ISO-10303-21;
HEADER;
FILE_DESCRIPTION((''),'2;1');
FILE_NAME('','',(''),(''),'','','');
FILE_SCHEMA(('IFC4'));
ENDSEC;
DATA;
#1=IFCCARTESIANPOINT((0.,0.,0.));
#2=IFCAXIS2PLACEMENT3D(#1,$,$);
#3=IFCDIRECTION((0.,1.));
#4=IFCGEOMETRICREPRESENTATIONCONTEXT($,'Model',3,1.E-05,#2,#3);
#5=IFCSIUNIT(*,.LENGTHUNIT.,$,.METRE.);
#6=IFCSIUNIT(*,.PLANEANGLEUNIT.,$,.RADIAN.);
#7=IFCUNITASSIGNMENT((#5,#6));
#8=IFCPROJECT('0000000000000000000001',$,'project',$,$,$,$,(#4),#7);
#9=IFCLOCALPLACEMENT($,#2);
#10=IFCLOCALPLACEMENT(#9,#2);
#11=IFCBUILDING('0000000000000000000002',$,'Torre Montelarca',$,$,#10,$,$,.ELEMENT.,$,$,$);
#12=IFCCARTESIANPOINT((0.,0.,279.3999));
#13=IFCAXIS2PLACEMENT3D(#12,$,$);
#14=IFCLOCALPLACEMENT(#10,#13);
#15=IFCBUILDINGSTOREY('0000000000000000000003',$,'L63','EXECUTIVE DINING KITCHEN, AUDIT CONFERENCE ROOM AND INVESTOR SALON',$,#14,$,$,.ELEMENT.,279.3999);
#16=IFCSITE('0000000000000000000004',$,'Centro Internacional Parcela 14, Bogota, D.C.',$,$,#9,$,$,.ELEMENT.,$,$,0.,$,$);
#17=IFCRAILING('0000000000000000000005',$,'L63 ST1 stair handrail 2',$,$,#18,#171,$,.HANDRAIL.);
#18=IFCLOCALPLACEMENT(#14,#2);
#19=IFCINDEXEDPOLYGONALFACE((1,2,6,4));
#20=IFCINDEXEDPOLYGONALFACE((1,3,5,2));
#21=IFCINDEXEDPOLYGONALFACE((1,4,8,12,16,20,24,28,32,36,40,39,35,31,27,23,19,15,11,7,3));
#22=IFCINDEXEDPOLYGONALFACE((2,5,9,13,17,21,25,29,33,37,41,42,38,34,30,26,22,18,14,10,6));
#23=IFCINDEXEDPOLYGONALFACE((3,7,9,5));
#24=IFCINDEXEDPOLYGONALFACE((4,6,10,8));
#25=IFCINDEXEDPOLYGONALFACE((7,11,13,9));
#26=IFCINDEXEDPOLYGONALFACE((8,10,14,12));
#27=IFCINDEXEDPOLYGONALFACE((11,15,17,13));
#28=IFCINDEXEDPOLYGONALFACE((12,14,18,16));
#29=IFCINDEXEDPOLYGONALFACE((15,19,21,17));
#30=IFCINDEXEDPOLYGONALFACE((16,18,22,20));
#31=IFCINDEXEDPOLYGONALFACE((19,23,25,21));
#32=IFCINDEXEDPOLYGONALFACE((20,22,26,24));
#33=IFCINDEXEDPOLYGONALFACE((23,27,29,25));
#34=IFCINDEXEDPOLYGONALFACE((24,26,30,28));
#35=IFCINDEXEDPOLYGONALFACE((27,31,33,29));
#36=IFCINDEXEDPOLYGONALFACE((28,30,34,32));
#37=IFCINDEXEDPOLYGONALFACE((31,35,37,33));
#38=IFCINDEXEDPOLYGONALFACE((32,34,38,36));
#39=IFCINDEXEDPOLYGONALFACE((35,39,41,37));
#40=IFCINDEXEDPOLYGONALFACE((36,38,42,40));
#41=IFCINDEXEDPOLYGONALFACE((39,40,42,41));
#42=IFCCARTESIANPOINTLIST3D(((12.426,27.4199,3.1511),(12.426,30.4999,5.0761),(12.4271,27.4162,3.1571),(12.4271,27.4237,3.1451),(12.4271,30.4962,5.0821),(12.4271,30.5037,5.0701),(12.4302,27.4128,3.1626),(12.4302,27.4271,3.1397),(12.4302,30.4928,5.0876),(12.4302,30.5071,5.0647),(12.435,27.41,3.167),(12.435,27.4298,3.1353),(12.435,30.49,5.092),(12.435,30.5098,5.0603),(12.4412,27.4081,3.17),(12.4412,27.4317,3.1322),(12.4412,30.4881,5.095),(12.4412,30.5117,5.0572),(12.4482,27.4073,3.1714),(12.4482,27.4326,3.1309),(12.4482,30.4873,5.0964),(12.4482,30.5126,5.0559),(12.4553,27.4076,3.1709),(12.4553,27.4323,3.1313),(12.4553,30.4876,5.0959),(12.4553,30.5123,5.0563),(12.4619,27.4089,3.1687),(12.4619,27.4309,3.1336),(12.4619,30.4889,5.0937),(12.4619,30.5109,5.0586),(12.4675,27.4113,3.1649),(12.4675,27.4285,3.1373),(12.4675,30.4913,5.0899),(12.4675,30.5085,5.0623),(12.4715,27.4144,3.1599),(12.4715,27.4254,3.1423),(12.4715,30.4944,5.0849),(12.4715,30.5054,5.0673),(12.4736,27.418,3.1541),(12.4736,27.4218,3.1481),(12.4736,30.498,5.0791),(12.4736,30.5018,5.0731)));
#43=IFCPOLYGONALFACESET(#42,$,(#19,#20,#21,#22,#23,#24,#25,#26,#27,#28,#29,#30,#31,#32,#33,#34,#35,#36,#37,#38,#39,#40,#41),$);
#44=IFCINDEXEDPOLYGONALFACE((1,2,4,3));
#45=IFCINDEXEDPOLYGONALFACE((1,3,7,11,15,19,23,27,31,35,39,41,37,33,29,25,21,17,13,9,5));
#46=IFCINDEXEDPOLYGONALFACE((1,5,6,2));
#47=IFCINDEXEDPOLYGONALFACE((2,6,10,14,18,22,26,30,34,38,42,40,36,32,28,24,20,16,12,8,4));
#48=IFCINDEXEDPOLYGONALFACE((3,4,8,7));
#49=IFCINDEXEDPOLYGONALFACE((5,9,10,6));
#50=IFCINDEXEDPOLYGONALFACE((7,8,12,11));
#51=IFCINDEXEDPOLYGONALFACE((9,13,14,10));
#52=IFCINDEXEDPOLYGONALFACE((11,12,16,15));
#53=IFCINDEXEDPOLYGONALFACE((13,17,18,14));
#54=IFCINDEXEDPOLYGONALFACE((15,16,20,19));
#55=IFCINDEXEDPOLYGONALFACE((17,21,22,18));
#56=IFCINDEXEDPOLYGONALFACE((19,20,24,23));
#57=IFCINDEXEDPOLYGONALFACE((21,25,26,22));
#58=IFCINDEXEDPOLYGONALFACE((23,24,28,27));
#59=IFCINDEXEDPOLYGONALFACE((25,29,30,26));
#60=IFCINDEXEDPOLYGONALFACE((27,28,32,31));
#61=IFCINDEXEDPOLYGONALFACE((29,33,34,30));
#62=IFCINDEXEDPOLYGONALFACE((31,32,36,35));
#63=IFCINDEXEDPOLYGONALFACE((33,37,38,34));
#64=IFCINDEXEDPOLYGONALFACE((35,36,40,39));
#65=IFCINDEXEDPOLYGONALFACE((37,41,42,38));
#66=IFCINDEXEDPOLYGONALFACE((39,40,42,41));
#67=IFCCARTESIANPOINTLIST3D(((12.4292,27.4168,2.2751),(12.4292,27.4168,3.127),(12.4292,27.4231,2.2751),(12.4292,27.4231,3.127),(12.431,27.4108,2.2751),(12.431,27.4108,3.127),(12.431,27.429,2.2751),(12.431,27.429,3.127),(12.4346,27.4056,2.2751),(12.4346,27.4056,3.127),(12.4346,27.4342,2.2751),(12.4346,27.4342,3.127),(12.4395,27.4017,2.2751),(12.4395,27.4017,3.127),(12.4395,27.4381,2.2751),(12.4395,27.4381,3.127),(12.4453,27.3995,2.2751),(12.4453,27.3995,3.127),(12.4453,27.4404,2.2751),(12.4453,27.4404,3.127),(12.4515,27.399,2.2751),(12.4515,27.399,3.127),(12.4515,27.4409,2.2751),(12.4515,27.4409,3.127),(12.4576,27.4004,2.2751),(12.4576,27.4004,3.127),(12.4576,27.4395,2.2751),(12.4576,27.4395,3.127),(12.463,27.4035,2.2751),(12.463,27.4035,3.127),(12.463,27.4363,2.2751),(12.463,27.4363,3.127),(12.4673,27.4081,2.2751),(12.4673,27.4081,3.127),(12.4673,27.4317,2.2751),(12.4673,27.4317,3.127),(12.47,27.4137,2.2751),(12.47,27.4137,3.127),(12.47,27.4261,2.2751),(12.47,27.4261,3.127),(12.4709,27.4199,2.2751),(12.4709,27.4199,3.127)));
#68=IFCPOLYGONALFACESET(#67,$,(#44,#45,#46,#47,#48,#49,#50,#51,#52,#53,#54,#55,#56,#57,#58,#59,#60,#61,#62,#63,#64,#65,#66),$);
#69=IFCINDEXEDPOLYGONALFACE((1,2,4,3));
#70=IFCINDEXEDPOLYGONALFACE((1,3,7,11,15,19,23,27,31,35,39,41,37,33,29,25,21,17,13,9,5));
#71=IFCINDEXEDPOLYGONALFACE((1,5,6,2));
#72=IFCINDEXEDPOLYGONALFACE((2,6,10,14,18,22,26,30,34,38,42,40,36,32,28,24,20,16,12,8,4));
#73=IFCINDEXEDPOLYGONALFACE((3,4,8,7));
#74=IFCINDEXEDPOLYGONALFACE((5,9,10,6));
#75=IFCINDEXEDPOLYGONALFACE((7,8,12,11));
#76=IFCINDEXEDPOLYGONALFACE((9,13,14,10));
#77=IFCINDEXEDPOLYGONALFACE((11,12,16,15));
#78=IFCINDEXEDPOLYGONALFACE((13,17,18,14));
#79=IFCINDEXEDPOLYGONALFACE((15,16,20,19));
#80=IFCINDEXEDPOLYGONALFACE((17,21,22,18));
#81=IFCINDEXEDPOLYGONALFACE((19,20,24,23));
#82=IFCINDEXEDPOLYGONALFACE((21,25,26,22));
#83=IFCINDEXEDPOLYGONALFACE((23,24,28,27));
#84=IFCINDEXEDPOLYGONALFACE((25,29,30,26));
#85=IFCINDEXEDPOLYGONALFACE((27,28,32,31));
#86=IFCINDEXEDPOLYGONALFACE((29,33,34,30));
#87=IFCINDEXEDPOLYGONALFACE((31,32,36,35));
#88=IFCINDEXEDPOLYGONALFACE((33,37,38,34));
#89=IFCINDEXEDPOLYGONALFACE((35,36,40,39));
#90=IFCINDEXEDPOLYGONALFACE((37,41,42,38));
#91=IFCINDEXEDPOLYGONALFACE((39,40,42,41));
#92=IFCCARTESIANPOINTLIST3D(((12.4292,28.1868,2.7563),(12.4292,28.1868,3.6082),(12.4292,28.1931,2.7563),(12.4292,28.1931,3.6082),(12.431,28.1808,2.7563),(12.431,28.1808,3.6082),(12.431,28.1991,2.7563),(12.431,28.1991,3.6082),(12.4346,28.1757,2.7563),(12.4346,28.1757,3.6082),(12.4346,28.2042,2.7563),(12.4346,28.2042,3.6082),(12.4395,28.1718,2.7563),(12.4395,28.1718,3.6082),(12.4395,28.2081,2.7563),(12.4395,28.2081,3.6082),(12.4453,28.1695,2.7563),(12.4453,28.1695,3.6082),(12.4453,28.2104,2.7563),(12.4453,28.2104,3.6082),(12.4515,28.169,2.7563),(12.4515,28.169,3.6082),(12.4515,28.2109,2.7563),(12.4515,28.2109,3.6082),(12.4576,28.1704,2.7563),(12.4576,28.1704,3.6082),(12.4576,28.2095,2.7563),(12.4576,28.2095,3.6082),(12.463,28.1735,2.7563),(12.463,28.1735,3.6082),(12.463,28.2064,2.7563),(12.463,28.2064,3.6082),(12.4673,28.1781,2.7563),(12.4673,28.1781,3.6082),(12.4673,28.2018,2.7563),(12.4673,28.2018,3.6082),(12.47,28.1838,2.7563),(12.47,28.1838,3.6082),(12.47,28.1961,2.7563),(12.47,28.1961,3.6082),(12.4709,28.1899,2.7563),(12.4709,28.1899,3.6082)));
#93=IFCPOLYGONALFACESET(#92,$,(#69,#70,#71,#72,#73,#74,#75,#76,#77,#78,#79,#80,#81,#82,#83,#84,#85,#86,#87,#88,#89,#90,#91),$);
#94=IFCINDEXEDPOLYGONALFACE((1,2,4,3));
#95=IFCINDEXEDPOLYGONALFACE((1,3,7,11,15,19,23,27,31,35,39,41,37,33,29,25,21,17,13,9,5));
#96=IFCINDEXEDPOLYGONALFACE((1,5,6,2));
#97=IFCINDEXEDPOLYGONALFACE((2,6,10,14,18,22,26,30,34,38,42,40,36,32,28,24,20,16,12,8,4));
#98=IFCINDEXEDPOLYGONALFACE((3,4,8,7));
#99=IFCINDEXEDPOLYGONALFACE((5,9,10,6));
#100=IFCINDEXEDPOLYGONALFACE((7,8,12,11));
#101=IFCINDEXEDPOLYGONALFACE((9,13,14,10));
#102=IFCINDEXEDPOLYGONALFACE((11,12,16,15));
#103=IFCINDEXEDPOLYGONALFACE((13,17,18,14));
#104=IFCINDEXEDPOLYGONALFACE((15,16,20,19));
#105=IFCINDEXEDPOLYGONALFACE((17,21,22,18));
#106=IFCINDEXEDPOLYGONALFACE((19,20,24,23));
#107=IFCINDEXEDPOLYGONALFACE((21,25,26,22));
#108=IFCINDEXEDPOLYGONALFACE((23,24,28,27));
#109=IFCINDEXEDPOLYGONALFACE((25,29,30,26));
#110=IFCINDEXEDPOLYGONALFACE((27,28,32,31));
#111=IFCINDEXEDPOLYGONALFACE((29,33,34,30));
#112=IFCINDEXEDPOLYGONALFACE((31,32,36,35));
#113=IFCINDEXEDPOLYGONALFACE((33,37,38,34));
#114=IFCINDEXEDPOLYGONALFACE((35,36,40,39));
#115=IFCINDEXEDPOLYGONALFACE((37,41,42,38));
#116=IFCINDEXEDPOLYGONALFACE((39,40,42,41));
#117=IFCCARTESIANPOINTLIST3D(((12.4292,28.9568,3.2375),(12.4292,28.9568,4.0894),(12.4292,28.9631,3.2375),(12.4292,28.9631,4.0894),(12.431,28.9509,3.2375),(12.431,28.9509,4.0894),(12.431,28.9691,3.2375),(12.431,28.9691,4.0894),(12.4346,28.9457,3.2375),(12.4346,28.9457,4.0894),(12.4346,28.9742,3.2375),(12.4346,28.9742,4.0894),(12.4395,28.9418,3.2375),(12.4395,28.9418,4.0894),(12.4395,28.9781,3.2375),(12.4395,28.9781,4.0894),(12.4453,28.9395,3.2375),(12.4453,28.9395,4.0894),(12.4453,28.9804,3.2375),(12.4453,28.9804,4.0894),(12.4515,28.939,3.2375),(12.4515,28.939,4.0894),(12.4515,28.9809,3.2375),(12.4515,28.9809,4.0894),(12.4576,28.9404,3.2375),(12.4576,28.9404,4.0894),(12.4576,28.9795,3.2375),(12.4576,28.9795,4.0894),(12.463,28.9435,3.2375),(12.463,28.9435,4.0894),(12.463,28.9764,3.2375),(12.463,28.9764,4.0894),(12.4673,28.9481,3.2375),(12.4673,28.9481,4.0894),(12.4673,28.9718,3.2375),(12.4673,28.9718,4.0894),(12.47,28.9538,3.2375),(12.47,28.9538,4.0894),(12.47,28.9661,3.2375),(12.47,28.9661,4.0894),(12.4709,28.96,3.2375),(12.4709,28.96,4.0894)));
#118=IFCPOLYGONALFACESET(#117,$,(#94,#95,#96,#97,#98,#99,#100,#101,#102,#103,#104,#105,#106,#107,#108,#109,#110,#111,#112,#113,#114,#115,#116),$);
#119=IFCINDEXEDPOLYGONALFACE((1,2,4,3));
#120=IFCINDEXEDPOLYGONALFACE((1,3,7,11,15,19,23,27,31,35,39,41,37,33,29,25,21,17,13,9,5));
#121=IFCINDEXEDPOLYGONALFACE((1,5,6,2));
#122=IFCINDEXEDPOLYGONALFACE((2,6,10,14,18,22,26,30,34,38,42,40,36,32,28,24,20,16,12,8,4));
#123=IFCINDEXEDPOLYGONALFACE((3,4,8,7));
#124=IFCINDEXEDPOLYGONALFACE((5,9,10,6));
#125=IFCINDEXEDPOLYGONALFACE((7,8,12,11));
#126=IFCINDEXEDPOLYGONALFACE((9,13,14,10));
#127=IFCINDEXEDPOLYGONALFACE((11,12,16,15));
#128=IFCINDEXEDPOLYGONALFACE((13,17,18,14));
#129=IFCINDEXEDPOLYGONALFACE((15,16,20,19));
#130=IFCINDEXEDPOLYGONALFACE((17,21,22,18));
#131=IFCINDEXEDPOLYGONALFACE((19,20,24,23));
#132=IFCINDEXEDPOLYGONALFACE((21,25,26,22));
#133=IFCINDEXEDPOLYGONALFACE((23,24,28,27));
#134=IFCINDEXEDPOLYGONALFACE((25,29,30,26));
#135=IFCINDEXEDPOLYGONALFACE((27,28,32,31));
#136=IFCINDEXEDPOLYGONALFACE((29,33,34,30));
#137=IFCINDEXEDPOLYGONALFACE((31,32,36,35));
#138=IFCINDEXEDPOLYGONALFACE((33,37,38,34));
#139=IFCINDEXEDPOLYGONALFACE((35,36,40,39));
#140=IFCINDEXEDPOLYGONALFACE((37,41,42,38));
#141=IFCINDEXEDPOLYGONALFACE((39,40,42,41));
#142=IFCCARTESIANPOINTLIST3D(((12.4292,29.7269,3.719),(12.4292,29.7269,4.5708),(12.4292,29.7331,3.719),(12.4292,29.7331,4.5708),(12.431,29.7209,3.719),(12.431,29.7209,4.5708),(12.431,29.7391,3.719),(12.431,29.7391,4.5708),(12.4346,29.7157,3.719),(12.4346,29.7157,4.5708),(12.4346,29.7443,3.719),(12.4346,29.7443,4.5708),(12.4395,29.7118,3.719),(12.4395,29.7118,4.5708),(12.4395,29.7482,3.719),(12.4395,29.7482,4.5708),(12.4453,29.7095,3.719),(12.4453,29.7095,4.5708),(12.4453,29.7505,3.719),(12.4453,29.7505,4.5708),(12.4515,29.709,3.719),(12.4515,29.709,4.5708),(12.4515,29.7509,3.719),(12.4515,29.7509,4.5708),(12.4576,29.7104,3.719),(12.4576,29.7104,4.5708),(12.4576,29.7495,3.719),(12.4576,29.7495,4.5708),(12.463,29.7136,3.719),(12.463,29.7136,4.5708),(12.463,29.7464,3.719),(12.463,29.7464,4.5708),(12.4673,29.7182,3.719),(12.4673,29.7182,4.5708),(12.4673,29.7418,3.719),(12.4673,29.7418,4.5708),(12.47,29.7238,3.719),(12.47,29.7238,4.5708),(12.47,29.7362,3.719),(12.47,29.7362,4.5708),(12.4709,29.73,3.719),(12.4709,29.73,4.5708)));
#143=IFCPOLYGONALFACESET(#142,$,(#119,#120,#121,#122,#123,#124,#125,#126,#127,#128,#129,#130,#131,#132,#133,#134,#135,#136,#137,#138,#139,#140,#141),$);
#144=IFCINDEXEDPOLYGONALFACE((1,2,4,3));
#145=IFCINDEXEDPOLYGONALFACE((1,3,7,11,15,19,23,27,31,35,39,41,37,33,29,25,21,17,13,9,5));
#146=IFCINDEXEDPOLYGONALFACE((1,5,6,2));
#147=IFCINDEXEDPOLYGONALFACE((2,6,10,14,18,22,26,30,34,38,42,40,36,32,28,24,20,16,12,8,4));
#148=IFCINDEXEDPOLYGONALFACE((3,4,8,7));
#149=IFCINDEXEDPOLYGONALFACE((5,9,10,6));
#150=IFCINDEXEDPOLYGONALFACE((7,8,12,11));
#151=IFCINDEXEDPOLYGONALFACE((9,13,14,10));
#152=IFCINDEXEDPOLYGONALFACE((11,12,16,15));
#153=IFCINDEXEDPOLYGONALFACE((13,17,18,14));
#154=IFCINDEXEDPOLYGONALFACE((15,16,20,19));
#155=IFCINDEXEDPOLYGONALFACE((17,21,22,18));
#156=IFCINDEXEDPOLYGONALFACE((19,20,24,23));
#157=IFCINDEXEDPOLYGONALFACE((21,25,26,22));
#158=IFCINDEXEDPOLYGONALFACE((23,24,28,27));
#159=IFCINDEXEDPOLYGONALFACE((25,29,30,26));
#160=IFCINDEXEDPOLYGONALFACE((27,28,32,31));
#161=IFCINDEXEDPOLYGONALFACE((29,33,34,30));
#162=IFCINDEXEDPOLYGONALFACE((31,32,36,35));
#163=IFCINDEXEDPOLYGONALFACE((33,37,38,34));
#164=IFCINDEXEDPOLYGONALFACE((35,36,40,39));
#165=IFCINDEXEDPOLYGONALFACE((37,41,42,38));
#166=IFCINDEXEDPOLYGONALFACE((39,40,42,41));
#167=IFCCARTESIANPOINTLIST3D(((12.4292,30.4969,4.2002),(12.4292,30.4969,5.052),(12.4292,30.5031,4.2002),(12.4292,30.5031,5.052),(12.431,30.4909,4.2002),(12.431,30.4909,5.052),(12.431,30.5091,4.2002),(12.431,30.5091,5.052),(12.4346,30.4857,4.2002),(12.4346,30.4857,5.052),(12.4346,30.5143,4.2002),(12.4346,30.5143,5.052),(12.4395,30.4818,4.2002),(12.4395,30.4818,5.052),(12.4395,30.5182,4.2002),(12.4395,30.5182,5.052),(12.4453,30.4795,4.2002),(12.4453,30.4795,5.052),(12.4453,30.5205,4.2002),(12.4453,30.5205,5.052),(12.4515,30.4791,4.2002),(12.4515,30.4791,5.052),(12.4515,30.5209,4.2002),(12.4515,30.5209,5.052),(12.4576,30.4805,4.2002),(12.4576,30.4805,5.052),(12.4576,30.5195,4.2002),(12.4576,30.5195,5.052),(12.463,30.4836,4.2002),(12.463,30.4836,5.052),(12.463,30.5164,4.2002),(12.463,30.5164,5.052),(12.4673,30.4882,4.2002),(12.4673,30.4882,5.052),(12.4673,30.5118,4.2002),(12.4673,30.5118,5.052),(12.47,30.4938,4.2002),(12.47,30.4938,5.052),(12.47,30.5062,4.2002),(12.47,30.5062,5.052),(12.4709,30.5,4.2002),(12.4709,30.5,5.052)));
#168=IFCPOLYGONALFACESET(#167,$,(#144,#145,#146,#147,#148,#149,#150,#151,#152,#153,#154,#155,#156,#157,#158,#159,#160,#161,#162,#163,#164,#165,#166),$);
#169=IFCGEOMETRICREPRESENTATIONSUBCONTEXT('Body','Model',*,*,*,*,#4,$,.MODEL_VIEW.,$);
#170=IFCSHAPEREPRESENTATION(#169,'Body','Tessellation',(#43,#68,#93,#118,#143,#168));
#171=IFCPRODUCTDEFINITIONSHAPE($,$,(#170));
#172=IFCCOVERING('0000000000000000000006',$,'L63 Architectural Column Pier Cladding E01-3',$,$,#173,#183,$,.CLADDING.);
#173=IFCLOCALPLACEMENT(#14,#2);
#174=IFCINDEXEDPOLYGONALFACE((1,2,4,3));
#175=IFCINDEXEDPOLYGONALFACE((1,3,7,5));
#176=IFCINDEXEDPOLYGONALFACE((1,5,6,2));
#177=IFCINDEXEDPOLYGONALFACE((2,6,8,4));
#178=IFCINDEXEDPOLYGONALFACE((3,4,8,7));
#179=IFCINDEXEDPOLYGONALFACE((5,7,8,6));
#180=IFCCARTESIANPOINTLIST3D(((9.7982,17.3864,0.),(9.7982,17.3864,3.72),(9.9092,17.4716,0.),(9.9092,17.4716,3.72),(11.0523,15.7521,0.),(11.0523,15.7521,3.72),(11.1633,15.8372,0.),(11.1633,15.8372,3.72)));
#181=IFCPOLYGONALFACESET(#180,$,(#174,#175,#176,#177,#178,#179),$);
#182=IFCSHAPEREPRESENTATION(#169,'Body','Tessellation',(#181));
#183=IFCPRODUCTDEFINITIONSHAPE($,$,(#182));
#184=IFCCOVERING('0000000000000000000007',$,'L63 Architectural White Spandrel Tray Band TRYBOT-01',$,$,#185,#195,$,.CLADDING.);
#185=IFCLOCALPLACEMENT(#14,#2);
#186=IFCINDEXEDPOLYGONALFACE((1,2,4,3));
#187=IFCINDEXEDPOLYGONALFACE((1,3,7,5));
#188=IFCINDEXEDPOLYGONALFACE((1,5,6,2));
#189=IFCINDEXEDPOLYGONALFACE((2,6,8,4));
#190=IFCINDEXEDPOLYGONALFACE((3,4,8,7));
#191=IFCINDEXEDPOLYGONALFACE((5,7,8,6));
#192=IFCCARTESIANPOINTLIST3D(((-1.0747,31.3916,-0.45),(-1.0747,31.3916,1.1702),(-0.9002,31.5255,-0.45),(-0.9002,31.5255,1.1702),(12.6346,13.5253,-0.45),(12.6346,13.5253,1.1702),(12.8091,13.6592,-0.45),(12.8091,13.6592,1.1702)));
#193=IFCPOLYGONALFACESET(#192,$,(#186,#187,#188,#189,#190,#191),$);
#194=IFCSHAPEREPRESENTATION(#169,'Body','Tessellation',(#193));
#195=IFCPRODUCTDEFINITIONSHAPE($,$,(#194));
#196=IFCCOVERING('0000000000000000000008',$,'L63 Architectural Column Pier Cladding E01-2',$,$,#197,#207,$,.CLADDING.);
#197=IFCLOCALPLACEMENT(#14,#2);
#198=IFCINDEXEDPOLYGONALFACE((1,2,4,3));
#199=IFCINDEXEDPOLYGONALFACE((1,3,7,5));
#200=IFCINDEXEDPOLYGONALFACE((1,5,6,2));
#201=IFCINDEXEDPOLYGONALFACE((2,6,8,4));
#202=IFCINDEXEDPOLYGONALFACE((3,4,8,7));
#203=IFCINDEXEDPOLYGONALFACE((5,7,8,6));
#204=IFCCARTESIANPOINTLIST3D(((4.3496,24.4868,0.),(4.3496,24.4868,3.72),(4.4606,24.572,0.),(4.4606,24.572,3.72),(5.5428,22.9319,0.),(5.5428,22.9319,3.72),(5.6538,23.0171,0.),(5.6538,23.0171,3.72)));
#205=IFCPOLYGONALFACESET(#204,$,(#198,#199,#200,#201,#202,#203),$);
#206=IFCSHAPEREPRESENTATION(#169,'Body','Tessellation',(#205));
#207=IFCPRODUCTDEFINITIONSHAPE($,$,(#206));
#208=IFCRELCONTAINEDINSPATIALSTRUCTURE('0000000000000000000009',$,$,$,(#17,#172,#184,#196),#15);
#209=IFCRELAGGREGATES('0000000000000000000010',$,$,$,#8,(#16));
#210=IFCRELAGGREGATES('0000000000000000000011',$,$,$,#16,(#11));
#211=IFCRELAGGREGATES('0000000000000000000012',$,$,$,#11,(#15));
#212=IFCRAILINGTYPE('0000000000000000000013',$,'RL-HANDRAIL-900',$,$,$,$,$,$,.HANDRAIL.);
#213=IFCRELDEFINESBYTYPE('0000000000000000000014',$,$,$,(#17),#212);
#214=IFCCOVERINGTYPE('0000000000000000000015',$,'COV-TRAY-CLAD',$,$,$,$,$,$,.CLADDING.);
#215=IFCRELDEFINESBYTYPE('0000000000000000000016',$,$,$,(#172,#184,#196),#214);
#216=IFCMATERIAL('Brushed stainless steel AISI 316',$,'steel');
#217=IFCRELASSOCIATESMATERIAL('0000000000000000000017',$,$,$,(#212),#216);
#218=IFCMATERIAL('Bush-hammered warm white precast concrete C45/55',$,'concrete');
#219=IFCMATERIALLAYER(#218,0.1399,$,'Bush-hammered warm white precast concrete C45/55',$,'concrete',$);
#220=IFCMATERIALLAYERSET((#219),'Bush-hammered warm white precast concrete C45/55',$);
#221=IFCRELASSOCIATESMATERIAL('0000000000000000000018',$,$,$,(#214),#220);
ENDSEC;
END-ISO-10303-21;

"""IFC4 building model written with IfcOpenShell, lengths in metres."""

from ifc_helpers import new_model, si_unit, direction, frame, origin, origin_2d, place, context, subcontext, project, spatial, rectangle, circle, extrude, source, transform, mapped, material, layer, layer_set, type_object, element, save


model = new_model("IFC4")

# Units and contexts
model_context = context("Model", 3, precision=1e-05, world=origin(), true_north=direction((0.0, 1.0)))
body_context = subcontext(model_context, "Body", "Model", "MODEL_VIEW")
ifc_project = project(units=[si_unit("LENGTHUNIT", "METRE"), si_unit("PLANEANGLEUNIT", "RADIAN")], contexts=[model_context])

# Site, building, storey
site_placement = place(None, origin())
site = spatial("IfcSite", under=ifc_project, at=site_placement, Name="Centro Internacional Parcela 14, Bogota, D.C.", CompositionType="ELEMENT", RefElevation=0.0)
building_placement = place(site_placement, origin())
building = spatial("IfcBuilding", under=site, at=building_placement, Name="Torre Montelarca", CompositionType="ELEMENT")
storey_placement = place(building_placement, frame((0.0, 0.0, 279.3999)))
storey = spatial("IfcBuildingStorey", under=building, at=storey_placement, Name="L63", Description="EXECUTIVE DINING KITCHEN, AUDIT CONFERENCE ROOM AND INVESTOR SALON", CompositionType="ELEMENT", Elevation=279.3999)

# Railing
ifc_material_1 = material(Name="Brushed stainless steel AISI 316", Category="steel")
railing_type_1 = type_object("IfcRailingType", Name="RL-HANDRAIL-900", PredefinedType="HANDRAIL", material=ifc_material_1)
railing_1_placement = place(storey_placement, frame((12.45, 27.4199, 2.2751)))
element("IfcRailing", 1, at=railing_1_placement, inside=storey, type_object=railing_type_1, Name="L63 ST1 stair handrail 2", PredefinedType="HANDRAIL", context=body_context, shape_type="SweptSolid", body=[
    extrude(circle(Radius=0.0239, at=origin_2d()), frame((0.0, 0.0, 0.876), z_axis=(0.0, 0.847998, 0.529999), x_axis=(-1.0, 0.0, 0.0)), (0.0, 0.0, 1.0), 3.6321),
    extrude(circle(Radius=0.021, at=origin_2d()), origin(), (0.0, 0.0, 1.0), 0.8518),
    extrude(circle(Radius=0.021, at=origin_2d()), frame((0.0, 0.77, 0.4812)), (0.0, 0.0, 1.0), 0.8518),
    extrude(circle(Radius=0.021, at=origin_2d()), frame((0.0, 1.54, 0.9624)), (0.0, 0.0, 1.0), 0.8518),
    extrude(circle(Radius=0.021, at=origin_2d()), frame((0.0, 2.3101, 1.4438)), (0.0, 0.0, 1.0), 0.8518),
    extrude(circle(Radius=0.021, at=origin_2d()), frame((0.0, 3.0801, 1.925)), (0.0, 0.0, 1.0), 0.8518),
])

# Coverings
ifc_material_2 = material(Name="Bush-hammered warm white precast concrete C45/55", Category="concrete")
ifc_layer_1 = layer(ifc_material_2, 0.1399, Name="Bush-hammered warm white precast concrete C45/55", Category="concrete")
ifc_layer_set_1 = layer_set([ifc_layer_1], Name="Bush-hammered warm white precast concrete C45/55")
covering_type = type_object("IfcCoveringType", Name="COV-TRAY-CLAD", PredefinedType="CLADDING", material=ifc_layer_set_1)
shared_shape_1 = source(origin(), body_context, "Body", "SweptSolid", [
    extrude(rectangle(XDim=2.0601, YDim=0.1399, at=origin_2d()), origin(), (0.0, 0.0, 1.0), 3.72),
])
covering_1_placement = place(storey_placement, frame((10.4807, 16.6118, 0.0), z_axis=(0.0, 0.0, 1.0), x_axis=(0.608766, -0.79335, 0.0)))
element("IfcCovering", 2, at=covering_1_placement, inside=storey, type_object=covering_type, Name="L63 Architectural Column Pier Cladding E01-3", PredefinedType="CLADDING", context=body_context, shape_type="MappedRepresentation", body=[
    mapped(shared_shape_1, transform((0.0, 0.0, 0.0), scale=1.0)),
])
shared_shape_2 = source(origin(), body_context, "Body", "SweptSolid", [
    extrude(rectangle(XDim=22.52, YDim=0.22, at=origin_2d()), origin(), (0.0, 0.0, 1.0), 1.6201),
])
covering_2_placement = place(storey_placement, frame((5.8672, 22.5254, -0.45), z_axis=(0.0, 0.0, 1.0), x_axis=(0.608763, -0.793352, 0.0)))
element("IfcCovering", 3, at=covering_2_placement, inside=storey, type_object=covering_type, Name="L63 Architectural White Spandrel Tray Band TRYBOT-01", PredefinedType="CLADDING", context=body_context, shape_type="MappedRepresentation", body=[
    mapped(shared_shape_2, transform((0.0, 0.0, 0.0), scale=1.0)),
])
shared_shape_3 = source(origin(), body_context, "Body", "SweptSolid", [
    extrude(rectangle(XDim=1.96, YDim=0.1399, at=origin_2d()), origin(), (0.0, 0.0, 1.0), 3.72),
])
covering_3_placement = place(storey_placement, frame((5.0017, 23.752, 0.0), z_axis=(0.0, 0.0, 1.0), x_axis=(0.608766, -0.79335, 0.0)))
element("IfcCovering", 4, at=covering_3_placement, inside=storey, type_object=covering_type, Name="L63 Architectural Column Pier Cladding E01-2", PredefinedType="CLADDING", context=body_context, shape_type="MappedRepresentation", body=[
    mapped(shared_shape_3, transform((0.0, 0.0, 0.0), scale=1.0)),
])

save(model, "model.ifc")
